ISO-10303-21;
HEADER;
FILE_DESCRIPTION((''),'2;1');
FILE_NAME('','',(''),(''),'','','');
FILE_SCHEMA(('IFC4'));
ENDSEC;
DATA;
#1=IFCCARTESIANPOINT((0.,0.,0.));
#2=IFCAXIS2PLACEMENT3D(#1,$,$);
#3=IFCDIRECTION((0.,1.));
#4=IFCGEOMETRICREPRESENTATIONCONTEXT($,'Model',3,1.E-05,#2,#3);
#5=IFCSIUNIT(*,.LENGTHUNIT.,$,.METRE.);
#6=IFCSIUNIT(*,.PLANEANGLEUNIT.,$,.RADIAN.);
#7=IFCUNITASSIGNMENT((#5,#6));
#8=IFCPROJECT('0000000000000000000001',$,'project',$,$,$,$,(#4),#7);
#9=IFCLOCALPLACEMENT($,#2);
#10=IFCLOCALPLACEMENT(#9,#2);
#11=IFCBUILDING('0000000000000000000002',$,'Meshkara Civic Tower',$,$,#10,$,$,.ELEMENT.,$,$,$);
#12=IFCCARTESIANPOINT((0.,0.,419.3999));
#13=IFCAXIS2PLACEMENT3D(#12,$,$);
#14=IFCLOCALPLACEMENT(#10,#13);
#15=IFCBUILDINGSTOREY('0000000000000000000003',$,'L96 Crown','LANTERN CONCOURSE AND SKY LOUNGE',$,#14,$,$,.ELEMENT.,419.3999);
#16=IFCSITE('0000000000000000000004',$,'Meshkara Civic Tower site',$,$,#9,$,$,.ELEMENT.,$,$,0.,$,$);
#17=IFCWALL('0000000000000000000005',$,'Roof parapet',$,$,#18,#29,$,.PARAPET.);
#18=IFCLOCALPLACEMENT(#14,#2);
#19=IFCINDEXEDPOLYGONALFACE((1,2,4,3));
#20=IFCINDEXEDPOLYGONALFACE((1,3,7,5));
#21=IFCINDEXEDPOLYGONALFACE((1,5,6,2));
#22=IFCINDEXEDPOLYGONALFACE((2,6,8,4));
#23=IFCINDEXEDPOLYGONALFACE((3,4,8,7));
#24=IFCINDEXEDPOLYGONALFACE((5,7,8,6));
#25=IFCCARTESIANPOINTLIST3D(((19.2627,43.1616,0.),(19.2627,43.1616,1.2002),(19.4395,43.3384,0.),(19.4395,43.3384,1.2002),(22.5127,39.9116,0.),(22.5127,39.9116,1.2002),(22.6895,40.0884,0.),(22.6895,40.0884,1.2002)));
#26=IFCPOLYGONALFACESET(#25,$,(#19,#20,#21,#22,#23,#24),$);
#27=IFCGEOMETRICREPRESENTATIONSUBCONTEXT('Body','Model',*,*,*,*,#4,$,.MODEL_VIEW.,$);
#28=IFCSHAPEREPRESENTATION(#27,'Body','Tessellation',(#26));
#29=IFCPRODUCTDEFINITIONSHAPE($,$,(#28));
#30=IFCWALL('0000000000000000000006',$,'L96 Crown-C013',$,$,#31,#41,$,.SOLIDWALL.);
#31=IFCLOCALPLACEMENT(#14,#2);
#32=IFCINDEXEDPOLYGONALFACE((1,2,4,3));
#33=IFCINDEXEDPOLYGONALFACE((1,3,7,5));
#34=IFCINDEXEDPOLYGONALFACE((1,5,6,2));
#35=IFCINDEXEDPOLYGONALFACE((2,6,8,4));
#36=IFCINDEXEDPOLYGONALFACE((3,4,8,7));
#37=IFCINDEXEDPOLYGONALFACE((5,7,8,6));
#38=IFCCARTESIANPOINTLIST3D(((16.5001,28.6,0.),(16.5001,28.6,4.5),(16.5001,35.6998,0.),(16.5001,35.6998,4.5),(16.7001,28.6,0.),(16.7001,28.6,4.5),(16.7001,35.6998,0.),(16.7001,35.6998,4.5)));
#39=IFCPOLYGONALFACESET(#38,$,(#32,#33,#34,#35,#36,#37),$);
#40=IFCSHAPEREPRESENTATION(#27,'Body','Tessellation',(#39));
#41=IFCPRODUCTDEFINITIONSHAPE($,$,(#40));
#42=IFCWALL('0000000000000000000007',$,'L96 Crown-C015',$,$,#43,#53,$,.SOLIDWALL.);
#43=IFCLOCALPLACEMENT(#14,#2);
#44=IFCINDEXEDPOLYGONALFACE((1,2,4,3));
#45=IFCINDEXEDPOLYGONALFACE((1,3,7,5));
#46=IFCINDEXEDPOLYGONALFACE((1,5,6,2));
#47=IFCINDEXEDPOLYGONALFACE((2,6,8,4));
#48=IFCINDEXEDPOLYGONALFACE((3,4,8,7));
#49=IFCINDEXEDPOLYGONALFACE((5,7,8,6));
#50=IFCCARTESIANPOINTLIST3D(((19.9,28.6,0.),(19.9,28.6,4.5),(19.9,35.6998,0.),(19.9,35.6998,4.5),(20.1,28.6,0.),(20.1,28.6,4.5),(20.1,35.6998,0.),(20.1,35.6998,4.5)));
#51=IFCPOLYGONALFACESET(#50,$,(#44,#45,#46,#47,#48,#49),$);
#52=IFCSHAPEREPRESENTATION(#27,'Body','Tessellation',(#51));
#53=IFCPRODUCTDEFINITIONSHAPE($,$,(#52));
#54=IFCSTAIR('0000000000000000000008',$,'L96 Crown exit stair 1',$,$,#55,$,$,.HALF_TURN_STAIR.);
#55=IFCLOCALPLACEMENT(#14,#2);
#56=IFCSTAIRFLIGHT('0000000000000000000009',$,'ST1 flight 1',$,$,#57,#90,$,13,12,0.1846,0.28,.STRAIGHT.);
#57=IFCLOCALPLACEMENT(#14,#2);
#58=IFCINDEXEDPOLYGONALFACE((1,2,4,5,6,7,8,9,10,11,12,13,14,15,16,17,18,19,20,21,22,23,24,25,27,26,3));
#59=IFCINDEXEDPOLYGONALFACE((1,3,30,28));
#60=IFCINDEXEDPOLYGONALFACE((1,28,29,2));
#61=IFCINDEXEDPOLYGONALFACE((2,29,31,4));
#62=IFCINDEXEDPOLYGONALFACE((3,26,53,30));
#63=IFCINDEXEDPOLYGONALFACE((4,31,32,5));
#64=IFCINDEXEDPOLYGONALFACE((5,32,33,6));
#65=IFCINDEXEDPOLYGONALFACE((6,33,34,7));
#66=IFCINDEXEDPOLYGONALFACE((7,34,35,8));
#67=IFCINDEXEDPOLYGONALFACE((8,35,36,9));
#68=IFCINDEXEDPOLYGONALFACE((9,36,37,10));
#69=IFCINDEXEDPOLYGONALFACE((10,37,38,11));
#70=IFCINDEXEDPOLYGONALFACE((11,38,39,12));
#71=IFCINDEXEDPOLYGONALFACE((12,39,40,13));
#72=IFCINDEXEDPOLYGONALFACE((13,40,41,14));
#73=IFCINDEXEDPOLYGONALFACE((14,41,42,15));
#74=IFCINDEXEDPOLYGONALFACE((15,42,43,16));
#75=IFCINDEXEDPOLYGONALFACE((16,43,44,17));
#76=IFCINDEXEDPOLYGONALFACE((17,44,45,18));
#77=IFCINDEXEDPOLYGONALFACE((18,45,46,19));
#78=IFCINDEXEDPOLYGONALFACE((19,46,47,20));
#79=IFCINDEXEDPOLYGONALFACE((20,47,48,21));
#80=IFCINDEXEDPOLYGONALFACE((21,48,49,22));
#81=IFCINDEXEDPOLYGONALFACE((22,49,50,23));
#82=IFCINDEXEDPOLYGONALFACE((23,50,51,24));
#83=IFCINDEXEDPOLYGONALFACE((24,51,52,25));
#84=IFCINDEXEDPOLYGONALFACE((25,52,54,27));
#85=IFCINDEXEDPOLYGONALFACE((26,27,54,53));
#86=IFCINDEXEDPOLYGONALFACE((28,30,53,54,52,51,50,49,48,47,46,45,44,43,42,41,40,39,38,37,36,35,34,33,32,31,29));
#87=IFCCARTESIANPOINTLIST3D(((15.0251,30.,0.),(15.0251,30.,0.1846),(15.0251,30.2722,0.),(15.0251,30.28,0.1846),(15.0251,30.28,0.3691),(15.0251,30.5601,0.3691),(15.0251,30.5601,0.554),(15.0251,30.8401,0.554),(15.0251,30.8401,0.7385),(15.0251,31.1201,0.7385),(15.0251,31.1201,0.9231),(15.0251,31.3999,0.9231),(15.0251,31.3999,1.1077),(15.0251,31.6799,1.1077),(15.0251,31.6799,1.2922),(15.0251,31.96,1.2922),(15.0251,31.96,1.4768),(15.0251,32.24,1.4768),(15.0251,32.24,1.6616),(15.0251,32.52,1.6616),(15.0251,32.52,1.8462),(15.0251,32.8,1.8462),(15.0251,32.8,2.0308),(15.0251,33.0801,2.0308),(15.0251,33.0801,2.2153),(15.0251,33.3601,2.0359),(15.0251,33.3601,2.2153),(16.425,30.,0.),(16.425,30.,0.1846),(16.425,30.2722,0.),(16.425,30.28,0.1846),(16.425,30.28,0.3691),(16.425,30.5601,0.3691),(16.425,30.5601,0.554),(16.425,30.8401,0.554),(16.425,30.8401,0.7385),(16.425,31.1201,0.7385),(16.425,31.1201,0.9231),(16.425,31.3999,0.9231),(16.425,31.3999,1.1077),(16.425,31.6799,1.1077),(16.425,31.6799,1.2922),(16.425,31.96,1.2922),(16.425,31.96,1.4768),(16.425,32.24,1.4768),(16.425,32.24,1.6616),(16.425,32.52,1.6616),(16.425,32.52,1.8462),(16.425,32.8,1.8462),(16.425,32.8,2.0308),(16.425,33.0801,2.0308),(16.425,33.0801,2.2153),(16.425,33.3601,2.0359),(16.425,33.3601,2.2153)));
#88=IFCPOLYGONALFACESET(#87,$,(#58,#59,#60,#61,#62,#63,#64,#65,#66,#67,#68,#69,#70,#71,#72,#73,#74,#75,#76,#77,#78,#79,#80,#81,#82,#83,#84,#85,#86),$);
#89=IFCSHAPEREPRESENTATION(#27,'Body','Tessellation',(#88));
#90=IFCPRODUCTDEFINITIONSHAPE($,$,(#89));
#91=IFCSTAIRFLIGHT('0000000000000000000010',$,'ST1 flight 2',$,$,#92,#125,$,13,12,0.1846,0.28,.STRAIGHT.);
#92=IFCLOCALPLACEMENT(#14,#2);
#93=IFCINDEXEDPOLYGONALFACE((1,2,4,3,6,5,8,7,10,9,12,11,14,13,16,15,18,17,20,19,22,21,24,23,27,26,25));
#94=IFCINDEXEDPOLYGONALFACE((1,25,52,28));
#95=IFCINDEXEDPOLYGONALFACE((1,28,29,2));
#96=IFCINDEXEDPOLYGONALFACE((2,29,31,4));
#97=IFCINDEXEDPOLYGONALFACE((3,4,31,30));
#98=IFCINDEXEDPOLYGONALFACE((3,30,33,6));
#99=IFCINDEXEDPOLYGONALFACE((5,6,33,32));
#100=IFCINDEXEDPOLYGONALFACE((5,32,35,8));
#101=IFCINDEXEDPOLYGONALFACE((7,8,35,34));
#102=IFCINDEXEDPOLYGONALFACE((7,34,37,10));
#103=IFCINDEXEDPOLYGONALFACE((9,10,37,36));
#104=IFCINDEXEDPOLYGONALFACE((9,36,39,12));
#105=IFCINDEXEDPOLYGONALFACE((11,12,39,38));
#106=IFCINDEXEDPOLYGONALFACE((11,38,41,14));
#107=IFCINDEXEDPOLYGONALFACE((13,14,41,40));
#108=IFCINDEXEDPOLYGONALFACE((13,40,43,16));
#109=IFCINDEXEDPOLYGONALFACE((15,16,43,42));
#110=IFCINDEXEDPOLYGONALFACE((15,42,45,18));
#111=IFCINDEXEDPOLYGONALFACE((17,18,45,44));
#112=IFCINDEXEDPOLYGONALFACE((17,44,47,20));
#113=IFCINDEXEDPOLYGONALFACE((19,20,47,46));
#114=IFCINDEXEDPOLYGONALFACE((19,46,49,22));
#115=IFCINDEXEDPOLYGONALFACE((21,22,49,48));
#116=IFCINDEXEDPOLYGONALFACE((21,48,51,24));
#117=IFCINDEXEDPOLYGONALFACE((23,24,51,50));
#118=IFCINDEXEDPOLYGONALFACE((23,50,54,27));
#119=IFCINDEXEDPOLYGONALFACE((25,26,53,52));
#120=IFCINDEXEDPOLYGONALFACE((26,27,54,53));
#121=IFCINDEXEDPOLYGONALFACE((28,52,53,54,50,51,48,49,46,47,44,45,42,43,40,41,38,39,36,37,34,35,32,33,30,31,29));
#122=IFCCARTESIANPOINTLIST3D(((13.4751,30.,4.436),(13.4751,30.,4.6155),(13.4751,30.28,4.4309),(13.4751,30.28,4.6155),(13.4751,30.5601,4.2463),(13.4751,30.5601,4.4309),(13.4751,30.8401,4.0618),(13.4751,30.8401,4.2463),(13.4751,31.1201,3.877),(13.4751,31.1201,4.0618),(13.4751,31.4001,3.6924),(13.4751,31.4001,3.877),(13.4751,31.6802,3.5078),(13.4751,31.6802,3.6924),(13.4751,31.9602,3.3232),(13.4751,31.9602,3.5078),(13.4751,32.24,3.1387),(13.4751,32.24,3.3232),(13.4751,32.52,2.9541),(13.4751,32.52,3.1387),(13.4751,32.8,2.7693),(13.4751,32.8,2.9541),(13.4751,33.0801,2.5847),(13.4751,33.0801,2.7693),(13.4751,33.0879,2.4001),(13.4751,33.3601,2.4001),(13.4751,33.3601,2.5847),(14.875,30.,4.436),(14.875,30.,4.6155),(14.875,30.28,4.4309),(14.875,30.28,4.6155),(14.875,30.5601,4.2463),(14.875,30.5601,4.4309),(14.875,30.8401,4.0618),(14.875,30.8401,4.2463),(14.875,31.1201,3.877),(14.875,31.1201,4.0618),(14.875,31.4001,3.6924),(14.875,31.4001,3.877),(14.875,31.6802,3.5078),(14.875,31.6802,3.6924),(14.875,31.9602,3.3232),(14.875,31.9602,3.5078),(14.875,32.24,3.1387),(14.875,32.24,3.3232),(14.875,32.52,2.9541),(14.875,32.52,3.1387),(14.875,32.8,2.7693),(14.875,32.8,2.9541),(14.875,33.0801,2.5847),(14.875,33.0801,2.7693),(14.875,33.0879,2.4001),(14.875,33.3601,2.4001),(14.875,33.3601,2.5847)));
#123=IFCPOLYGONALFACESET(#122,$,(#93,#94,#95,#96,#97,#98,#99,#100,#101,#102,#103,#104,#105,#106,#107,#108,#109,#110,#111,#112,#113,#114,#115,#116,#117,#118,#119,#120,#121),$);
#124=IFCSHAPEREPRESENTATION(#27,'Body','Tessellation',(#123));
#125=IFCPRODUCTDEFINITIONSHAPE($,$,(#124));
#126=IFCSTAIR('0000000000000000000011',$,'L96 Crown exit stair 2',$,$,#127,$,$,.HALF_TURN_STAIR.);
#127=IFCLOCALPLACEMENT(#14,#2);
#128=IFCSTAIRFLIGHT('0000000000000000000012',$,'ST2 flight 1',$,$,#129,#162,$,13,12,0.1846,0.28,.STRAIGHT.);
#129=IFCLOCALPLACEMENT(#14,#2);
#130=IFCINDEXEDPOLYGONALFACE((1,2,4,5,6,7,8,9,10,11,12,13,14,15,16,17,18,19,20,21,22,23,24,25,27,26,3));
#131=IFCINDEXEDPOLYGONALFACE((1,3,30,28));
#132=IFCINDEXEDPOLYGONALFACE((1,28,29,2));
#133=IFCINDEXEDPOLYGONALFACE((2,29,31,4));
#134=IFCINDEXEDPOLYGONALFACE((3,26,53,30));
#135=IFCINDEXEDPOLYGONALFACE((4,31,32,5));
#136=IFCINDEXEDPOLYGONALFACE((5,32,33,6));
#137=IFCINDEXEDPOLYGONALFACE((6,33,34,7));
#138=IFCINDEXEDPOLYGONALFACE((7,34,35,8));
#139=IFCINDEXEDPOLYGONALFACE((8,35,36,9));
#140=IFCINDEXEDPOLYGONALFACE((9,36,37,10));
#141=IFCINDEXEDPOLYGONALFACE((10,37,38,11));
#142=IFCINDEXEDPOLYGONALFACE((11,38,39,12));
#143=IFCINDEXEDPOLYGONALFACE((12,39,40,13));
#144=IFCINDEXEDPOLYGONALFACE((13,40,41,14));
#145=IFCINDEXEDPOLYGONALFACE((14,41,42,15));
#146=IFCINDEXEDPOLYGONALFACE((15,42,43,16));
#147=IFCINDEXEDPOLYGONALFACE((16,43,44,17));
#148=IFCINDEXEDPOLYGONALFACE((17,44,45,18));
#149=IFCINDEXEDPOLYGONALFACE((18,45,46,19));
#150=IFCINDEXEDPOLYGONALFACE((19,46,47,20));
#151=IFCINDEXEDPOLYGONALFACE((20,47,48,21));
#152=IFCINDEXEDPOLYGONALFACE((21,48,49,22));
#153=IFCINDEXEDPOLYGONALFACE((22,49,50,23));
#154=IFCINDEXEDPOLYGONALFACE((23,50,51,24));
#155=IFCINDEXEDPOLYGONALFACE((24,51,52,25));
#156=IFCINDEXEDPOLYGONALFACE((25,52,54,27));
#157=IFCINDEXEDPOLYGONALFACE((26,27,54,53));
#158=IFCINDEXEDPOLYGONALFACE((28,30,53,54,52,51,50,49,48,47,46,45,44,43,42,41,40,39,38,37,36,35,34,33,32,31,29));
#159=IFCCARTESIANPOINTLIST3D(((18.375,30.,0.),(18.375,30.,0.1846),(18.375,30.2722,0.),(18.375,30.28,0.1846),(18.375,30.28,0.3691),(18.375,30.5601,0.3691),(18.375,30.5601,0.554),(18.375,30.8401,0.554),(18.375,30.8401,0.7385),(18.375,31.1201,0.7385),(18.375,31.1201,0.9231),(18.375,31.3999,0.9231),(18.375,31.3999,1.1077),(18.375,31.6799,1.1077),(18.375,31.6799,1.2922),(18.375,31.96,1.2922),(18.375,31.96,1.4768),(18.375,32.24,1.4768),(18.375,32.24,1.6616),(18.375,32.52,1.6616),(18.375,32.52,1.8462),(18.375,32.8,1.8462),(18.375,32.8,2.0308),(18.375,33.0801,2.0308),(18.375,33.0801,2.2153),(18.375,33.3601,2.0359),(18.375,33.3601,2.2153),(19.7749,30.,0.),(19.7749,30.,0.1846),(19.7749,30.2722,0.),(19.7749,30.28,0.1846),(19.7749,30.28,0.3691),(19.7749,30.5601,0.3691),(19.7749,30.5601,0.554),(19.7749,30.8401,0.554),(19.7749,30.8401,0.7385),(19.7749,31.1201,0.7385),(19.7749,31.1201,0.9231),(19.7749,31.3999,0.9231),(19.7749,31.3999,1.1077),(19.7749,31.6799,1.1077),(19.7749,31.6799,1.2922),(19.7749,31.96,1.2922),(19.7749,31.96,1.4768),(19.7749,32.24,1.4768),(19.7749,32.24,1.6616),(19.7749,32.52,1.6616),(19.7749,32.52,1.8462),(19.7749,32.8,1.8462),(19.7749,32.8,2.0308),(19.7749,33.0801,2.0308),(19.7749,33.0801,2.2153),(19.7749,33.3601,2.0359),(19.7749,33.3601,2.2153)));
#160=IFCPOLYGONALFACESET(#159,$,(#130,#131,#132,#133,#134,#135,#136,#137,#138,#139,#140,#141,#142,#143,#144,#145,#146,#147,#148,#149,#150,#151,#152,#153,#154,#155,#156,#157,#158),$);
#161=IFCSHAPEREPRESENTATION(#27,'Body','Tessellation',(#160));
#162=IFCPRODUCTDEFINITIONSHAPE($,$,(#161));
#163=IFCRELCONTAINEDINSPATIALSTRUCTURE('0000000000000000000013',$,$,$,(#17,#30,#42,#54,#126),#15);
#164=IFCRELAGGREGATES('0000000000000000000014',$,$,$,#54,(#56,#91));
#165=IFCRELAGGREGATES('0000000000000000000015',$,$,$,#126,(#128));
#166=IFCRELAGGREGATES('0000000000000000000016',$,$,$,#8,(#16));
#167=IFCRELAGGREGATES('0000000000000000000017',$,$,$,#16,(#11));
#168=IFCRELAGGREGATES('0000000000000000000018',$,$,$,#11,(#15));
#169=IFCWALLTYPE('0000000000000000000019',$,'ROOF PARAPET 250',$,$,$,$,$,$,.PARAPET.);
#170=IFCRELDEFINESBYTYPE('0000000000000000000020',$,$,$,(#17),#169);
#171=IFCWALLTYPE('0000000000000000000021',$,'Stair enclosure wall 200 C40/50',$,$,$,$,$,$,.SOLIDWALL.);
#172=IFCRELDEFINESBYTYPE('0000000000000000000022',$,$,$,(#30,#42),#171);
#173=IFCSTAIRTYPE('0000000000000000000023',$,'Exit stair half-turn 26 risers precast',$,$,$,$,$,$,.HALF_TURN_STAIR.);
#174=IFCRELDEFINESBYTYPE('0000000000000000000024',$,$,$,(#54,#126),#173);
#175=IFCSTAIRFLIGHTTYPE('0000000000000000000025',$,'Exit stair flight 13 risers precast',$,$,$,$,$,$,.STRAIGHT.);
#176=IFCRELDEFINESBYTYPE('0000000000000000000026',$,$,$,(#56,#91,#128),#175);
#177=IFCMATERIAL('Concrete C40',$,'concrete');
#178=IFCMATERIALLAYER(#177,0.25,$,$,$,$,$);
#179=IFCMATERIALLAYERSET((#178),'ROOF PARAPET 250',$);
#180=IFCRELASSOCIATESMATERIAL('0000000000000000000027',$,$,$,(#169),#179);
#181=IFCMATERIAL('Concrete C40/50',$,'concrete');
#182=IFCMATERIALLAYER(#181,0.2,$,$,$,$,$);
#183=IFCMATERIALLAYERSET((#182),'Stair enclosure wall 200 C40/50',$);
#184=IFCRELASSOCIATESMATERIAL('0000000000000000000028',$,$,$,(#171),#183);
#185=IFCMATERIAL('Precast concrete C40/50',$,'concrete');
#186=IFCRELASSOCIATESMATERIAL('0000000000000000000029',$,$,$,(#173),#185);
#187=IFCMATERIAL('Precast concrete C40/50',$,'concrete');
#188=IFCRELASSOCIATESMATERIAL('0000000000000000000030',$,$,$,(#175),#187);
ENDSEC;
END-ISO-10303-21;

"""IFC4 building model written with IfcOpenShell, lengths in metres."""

from ifc_helpers import new_model, si_unit, direction, frame, frame_2d, origin, place, context, subcontext, project, spatial, polyline, rectangle, outline, extrude, material, layer, layer_set, type_object, element, aggregate, save


model = new_model("IFC4")

# Units and contexts
model_context = context("Model", 3, precision=1e-05, world=origin(), true_north=direction((0.0, 1.0)))
body_context = subcontext(model_context, "Body", "Model", "MODEL_VIEW")
ifc_project = project(units=[si_unit("LENGTHUNIT", "METRE"), si_unit("PLANEANGLEUNIT", "RADIAN")], contexts=[model_context])

# Site, building, storey
site_placement = place(None, origin())
site = spatial("IfcSite", under=ifc_project, at=site_placement, Name="Meshkara Civic Tower site", CompositionType="ELEMENT", RefElevation=0.0)
building_placement = place(site_placement, origin())
building = spatial("IfcBuilding", under=site, at=building_placement, Name="Meshkara Civic Tower", CompositionType="ELEMENT")
storey_placement = place(building_placement, frame((0.0, 0.0, 419.3999)))
storey = spatial("IfcBuildingStorey", under=building, at=storey_placement, Name="L96 Crown", Description="LANTERN CONCOURSE AND SKY LOUNGE", CompositionType="ELEMENT", Elevation=419.3999)

# Walls
ifc_material_1 = material(Name="Concrete C40", Category="concrete")
ifc_layer_1 = layer(ifc_material_1, 0.25)
ifc_layer_set_1 = layer_set([ifc_layer_1], Name="ROOF PARAPET 250")
wall_type_1 = type_object("IfcWallType", Name="ROOF PARAPET 250", PredefinedType="PARAPET", material=ifc_layer_set_1)
wall_1_placement = place(storey_placement, frame((19.3511, 43.25, 0.0), z_axis=(0.0, 0.0, 1.0), x_axis=(0.707107, -0.707107, 0.0)))
element("IfcWall", 1, at=wall_1_placement, inside=storey, type_object=wall_type_1, Name="Roof parapet", PredefinedType="PARAPET", context=body_context, shape_type="SweptSolid", body=[
    extrude(rectangle(XDim=4.5962, YDim=0.25, at=frame_2d((2.2981, 0.0))), origin(), (0.0, 0.0, 1.0), 1.2002),
])
ifc_material_2 = material(Name="Concrete C40/50", Category="concrete")
ifc_layer_2 = layer(ifc_material_2, 0.2)
ifc_layer_set_2 = layer_set([ifc_layer_2], Name="Stair enclosure wall 200 C40/50")
wall_type_2 = type_object("IfcWallType", Name="Stair enclosure wall 200 C40/50", PredefinedType="SOLIDWALL", material=ifc_layer_set_2)
for number, where, z_axis, x_axis, name in (
    (2, (16.6001, 28.6001, 0.0), (0.0, 0.0, 1.0), (0.0, 1.0, 0.0), "L96 Crown-C013"),
    (3, (20.0, 28.6001, 0.0), (0.0, 0.0, 1.0), (0.0, 1.0, 0.0), "L96 Crown-C015"),
):
    element("IfcWall", number, at=place(storey_placement, frame(where, z_axis=z_axis, x_axis=x_axis)), inside=storey, type_object=wall_type_2, Name=name, PredefinedType="SOLIDWALL", context=body_context, shape_type="SweptSolid", body=[
        extrude(rectangle(XDim=7.0999, YDim=0.2, at=frame_2d((3.5498, 0.0))), origin(), (0.0, 0.0, 1.0), 4.5),
    ])

# Stairs, stair flights
ifc_material_3 = material(Name="Precast concrete C40/50", Category="concrete")
stair_type = type_object("IfcStairType", Name="Exit stair half-turn 26 risers precast", PredefinedType="HALF_TURN_STAIR", material=ifc_material_3)
stair_1_placement = place(storey_placement, origin())
stair_1 = element("IfcStair", 4, at=stair_1_placement, inside=storey, type_object=stair_type, Name="L96 Crown exit stair 1", PredefinedType="HALF_TURN_STAIR")
ifc_material_4 = material(Name="Precast concrete C40/50", Category="concrete")
stair_flight_type = type_object("IfcStairFlightType", Name="Exit stair flight 13 risers precast", PredefinedType="STRAIGHT", material=ifc_material_4)
stair_flight_1_placement = place(storey_placement, frame((15.7251, 30.0, 0.0), z_axis=(0.0, 0.0, 1.0), x_axis=(0.0, 1.0, 0.0)))
stair_flight_1 = element("IfcStairFlight", 5, at=stair_flight_1_placement, type_object=stair_flight_type, Name="ST1 flight 1", NumberOfRisers=13, NumberOfTreads=12, PredefinedType="STRAIGHT", RiserHeight=0.1846, TreadLength=0.28, context=body_context, shape_type="SweptSolid", body=[
    extrude(outline(polyline([(0.0, 0.0), (0.0, 0.1846), (0.28, 0.1846), (0.28, 0.3691), (0.5601, 0.3691), (0.5601, 0.554), (0.8401, 0.554), (0.8401, 0.7385), (1.1201, 0.7385), (1.1201, 0.9231), (1.3999, 0.9231), (1.3999, 1.1077), (1.6799, 1.1077), (1.6799, 1.2922), (1.96, 1.2922), (1.96, 1.4768), (2.24, 1.4768), (2.24, 1.6616), (2.52, 1.6616), (2.52, 1.8462), (2.8, 1.8462), (2.8, 2.0308), (3.0801, 2.0308), (3.0801, 2.2153), (3.3601, 2.2153), (3.3601, 2.3999), (3.3601, 2.0359), (0.2722, 0.0), (0.0, 0.0)])), frame((0.0, 0.7, 0.0), z_axis=(0.0, -1.0, 0.0), x_axis=(1.0, 0.0, 0.0)), (0.0, 0.0, 1.0), 1.3999),
])
stair_flight_2_placement = place(storey_placement, frame((14.175, 33.3601, 2.4001), z_axis=(0.0, 0.0, 1.0), x_axis=(0.0, -1.0, 0.0)))
stair_flight_2 = element("IfcStairFlight", 6, at=stair_flight_2_placement, type_object=stair_flight_type, Name="ST1 flight 2", NumberOfRisers=13, NumberOfTreads=12, PredefinedType="STRAIGHT", RiserHeight=0.1846, TreadLength=0.28, context=body_context, shape_type="SweptSolid", body=[
    extrude(outline(polyline([(0.0, 0.0), (0.0, 0.1846), (0.28, 0.1846), (0.28, 0.3691), (0.5601, 0.3691), (0.5601, 0.554), (0.8401, 0.554), (0.8401, 0.7385), (1.1201, 0.7385), (1.1201, 0.9231), (1.3999, 0.9231), (1.3999, 1.1077), (1.6799, 1.1077), (1.6799, 1.2922), (1.96, 1.2922), (1.96, 1.4768), (2.24, 1.4768), (2.24, 1.6616), (2.52, 1.6616), (2.52, 1.8462), (2.8, 1.8462), (2.8, 2.0308), (3.0801, 2.0308), (3.0801, 2.2153), (3.3601, 2.2153), (3.3601, 2.3999), (3.3601, 2.0359), (0.2722, 0.0), (0.0, 0.0)])), frame((0.0, 0.7, 0.0), z_axis=(0.0, -1.0, 0.0), x_axis=(1.0, 0.0, 0.0)), (0.0, 0.0, 1.0), 1.3999),
])
aggregate(stair_1, [stair_flight_1, stair_flight_2])
stair_2_placement = place(storey_placement, origin())
stair_2 = element("IfcStair", 7, at=stair_2_placement, inside=storey, type_object=stair_type, Name="L96 Crown exit stair 2", PredefinedType="HALF_TURN_STAIR")
stair_flight_3_placement = place(storey_placement, frame((19.075, 30.0, 0.0), z_axis=(0.0, 0.0, 1.0), x_axis=(0.0, 1.0, 0.0)))
stair_flight_3 = element("IfcStairFlight", 8, at=stair_flight_3_placement, type_object=stair_flight_type, Name="ST2 flight 1", NumberOfRisers=13, NumberOfTreads=12, PredefinedType="STRAIGHT", RiserHeight=0.1846, TreadLength=0.28, context=body_context, shape_type="SweptSolid", body=[
    extrude(outline(polyline([(0.0, 0.0), (0.0, 0.1846), (0.28, 0.1846), (0.28, 0.3691), (0.5601, 0.3691), (0.5601, 0.554), (0.8401, 0.554), (0.8401, 0.7385), (1.1201, 0.7385), (1.1201, 0.9231), (1.3999, 0.9231), (1.3999, 1.1077), (1.6799, 1.1077), (1.6799, 1.2922), (1.96, 1.2922), (1.96, 1.4768), (2.24, 1.4768), (2.24, 1.6616), (2.52, 1.6616), (2.52, 1.8462), (2.8, 1.8462), (2.8, 2.0308), (3.0801, 2.0308), (3.0801, 2.2153), (3.3601, 2.2153), (3.3601, 2.3999), (3.3601, 2.0359), (0.2722, 0.0), (0.0, 0.0)])), frame((0.0, 0.7, 0.0), z_axis=(0.0, -1.0, 0.0), x_axis=(1.0, 0.0, 0.0)), (0.0, 0.0, 1.0), 1.3999),
])
aggregate(stair_2, [stair_flight_3])

save(model, "model.ifc")
